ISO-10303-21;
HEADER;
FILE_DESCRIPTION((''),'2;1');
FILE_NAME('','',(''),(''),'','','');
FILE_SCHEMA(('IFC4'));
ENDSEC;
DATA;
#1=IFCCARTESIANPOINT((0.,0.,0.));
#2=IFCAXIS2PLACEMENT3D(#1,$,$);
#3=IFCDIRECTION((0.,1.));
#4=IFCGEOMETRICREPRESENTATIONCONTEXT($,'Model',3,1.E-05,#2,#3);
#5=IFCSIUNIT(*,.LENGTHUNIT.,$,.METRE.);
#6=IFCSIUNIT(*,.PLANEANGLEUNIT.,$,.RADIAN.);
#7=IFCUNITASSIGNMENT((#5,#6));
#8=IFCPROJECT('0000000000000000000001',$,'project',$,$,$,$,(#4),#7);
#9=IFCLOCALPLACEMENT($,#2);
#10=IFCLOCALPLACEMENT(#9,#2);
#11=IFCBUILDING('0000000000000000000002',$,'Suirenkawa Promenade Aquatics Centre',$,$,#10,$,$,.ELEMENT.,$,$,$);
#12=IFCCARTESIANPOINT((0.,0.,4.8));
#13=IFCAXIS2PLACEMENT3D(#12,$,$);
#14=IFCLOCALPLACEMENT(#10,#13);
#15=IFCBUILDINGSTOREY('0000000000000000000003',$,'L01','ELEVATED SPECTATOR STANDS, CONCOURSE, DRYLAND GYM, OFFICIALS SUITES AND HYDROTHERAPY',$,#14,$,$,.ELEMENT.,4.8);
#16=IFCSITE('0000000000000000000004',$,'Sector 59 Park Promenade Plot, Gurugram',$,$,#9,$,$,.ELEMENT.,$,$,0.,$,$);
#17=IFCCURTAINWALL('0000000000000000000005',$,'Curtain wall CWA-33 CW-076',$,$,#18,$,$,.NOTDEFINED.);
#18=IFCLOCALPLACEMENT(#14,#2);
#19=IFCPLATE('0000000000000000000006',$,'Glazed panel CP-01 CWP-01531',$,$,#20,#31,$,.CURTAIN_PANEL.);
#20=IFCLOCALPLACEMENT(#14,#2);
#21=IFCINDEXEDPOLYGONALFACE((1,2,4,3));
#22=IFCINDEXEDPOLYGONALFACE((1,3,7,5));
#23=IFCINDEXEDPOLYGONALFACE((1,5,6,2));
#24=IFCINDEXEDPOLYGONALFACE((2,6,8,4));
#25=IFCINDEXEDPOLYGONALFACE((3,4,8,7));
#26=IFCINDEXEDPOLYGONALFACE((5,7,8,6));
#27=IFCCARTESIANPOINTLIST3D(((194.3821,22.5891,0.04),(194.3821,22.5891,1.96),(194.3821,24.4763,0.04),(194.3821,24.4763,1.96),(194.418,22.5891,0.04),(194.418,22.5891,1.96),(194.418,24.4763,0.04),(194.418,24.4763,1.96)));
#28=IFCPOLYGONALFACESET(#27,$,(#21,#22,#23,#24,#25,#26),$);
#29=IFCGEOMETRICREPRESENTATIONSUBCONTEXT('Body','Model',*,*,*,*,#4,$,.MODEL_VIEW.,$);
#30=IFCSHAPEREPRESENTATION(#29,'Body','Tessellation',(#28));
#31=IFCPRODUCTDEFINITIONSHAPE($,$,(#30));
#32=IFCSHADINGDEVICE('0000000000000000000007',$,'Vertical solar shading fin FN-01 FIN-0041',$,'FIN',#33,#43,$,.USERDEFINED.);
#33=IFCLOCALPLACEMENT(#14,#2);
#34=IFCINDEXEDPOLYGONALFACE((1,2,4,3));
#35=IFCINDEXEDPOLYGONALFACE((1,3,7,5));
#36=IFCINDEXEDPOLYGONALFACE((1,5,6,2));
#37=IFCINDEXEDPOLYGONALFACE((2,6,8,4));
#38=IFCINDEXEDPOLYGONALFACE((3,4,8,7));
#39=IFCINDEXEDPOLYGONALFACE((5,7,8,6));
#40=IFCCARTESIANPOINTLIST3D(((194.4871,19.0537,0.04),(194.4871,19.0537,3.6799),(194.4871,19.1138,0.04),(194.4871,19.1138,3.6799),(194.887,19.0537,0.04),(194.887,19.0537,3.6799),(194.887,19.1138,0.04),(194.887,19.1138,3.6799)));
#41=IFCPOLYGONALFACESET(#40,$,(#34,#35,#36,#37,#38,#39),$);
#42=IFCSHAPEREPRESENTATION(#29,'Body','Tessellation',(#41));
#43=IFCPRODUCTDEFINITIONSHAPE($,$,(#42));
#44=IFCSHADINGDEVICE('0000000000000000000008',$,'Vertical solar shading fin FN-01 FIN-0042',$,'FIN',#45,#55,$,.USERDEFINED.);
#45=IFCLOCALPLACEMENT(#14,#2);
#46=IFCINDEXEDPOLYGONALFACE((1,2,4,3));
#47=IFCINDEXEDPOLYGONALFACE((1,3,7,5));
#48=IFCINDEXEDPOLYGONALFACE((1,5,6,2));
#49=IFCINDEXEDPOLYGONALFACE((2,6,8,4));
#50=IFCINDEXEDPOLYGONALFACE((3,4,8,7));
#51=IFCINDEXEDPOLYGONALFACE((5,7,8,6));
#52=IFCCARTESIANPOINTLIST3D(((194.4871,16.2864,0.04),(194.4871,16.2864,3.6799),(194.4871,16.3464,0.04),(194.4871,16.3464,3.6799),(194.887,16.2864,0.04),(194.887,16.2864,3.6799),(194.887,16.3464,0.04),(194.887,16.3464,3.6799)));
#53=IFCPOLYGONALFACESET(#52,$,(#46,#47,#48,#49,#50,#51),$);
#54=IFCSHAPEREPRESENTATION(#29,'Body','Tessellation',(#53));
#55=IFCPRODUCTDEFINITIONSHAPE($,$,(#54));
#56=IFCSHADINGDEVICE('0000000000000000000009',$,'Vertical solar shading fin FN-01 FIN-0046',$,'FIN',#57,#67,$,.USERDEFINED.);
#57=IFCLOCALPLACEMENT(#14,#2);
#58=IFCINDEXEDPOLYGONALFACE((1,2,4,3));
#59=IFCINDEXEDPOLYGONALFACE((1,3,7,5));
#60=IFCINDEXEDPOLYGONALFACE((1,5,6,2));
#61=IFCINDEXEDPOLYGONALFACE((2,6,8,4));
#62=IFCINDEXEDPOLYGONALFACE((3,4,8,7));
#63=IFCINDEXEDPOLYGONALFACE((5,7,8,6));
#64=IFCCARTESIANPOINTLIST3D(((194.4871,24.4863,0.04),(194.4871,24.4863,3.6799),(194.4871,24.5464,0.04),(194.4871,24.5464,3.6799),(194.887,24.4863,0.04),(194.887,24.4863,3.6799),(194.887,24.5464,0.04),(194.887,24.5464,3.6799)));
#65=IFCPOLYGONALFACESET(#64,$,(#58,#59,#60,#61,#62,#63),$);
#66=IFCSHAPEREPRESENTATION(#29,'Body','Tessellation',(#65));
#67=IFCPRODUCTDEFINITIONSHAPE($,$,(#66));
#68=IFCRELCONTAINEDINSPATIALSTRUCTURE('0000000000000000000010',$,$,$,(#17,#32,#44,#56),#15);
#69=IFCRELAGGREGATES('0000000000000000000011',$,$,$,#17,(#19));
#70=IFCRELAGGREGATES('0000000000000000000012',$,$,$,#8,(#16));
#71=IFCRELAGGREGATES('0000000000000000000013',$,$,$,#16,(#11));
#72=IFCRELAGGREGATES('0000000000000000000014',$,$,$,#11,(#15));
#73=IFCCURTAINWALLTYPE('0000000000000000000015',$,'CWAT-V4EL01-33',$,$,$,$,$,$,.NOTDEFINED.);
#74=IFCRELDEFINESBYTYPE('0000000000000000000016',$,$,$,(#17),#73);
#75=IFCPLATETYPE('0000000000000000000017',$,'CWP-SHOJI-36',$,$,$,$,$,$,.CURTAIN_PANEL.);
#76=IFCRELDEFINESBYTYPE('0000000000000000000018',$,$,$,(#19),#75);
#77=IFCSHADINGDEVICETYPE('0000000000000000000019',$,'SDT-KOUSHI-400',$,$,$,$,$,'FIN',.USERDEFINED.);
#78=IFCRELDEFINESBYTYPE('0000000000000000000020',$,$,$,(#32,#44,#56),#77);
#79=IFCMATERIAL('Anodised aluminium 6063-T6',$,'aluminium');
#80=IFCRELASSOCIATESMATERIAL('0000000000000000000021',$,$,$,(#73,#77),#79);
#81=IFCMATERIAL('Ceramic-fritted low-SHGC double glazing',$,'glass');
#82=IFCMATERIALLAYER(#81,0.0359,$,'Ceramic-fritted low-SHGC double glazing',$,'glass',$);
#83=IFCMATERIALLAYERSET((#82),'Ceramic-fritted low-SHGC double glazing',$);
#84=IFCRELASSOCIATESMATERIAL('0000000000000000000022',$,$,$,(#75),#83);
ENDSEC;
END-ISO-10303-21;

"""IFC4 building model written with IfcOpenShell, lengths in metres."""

from ifc_helpers import new_model, si_unit, direction, frame, origin, origin_2d, place, context, subcontext, project, spatial, polyline, rectangle, outline, extrude, material, layer, layer_set, type_object, element, aggregate, save


model = new_model("IFC4")

# Units and contexts
model_context = context("Model", 3, precision=1e-05, world=origin(), true_north=direction((0.0, 1.0)))
body_context = subcontext(model_context, "Body", "Model", "MODEL_VIEW")
ifc_project = project(units=[si_unit("LENGTHUNIT", "METRE"), si_unit("PLANEANGLEUNIT", "RADIAN")], contexts=[model_context])

# Site, building, storey
site_placement = place(None, origin())
site = spatial("IfcSite", under=ifc_project, at=site_placement, Name="Sector 59 Park Promenade Plot, Gurugram", CompositionType="ELEMENT", RefElevation=0.0)
building_placement = place(site_placement, origin())
building = spatial("IfcBuilding", under=site, at=building_placement, Name="Suirenkawa Promenade Aquatics Centre", CompositionType="ELEMENT")
storey_placement = place(building_placement, frame((0.0, 0.0, 4.8)))
storey = spatial("IfcBuildingStorey", under=building, at=storey_placement, Name="L01", Description="ELEVATED SPECTATOR STANDS, CONCOURSE, DRYLAND GYM, OFFICIALS SUITES AND HYDROTHERAPY", CompositionType="ELEMENT", Elevation=4.8)

# Curtain wall
ifc_material_1 = material(Name="Anodised aluminium 6063-T6", Category="aluminium")
curtain_wall_type_1 = type_object("IfcCurtainWallType", Name="CWAT-V4EL01-33", PredefinedType="NOTDEFINED", material=ifc_material_1)
curtain_wall_1_placement = place(storey_placement, origin())
curtain_wall_1 = element("IfcCurtainWall", 1, at=curtain_wall_1_placement, inside=storey, type_object=curtain_wall_type_1, Name="Curtain wall CWA-33 CW-076", PredefinedType="NOTDEFINED")

# Plate
ifc_material_2 = material(Name="Ceramic-fritted low-SHGC double glazing", Category="glass")
ifc_layer = layer(ifc_material_2, 0.0359, Name="Ceramic-fritted low-SHGC double glazing", Category="glass")
ifc_layer_set = layer_set([ifc_layer], Name="Ceramic-fritted low-SHGC double glazing")
plate_type = type_object("IfcPlateType", Name="CWP-SHOJI-36", PredefinedType="CURTAIN_PANEL", material=ifc_layer_set)
plate_1_placement = place(storey_placement, frame((194.3999, 24.5164, 0.04), z_axis=(0.0, 0.0, 1.0), x_axis=(0.0, -1.0, 0.0)))
plate_1 = element("IfcPlate", 2, at=plate_1_placement, type_object=plate_type, Name="Glazed panel CP-01 CWP-01531", PredefinedType="CURTAIN_PANEL", context=body_context, shape_type="SweptSolid", body=[
    extrude(outline(polyline([(0.04, 0.0), (1.9272, 0.0), (1.9272, 1.9199), (0.04, 1.9199), (0.04, 0.0)])), frame((0.0, 0.0181, 0.0), z_axis=(0.0, -1.0, 0.0), x_axis=(1.0, 0.0, 0.0)), (0.0, 0.0, 1.0), 0.0359),
])
aggregate(curtain_wall_1, [plate_1])

# Shading devices
shading_device_type = type_object("IfcShadingDeviceType", Name="SDT-KOUSHI-400", ElementType="FIN", PredefinedType="USERDEFINED", material=ifc_material_1)
for number, where, z_axis, x_axis, name in (
    (3, (194.687, 19.0837, 0.04), (0.0, 0.0, 1.0), (1.0, 0.0, 0.0), "Vertical solar shading fin FN-01 FIN-0041"),
    (4, (194.687, 16.3164, 0.04), (0.0, 0.0, 1.0), (1.0, 0.0, 0.0), "Vertical solar shading fin FN-01 FIN-0042"),
    (5, (194.687, 24.5164, 0.04), (0.0, 0.0, 1.0), (1.0, 0.0, 0.0), "Vertical solar shading fin FN-01 FIN-0046"),
):
    element("IfcShadingDevice", number, at=place(storey_placement, frame(where, z_axis=z_axis, x_axis=x_axis)), inside=storey, type_object=shading_device_type, Name=name, ObjectType="FIN", PredefinedType="USERDEFINED", context=body_context, shape_type="SweptSolid", body=[
        extrude(rectangle(XDim=0.3999, YDim=0.0601, at=origin_2d()), origin(), (0.0, 0.0, 1.0), 3.6399),
    ])

save(model, "model.ifc")
